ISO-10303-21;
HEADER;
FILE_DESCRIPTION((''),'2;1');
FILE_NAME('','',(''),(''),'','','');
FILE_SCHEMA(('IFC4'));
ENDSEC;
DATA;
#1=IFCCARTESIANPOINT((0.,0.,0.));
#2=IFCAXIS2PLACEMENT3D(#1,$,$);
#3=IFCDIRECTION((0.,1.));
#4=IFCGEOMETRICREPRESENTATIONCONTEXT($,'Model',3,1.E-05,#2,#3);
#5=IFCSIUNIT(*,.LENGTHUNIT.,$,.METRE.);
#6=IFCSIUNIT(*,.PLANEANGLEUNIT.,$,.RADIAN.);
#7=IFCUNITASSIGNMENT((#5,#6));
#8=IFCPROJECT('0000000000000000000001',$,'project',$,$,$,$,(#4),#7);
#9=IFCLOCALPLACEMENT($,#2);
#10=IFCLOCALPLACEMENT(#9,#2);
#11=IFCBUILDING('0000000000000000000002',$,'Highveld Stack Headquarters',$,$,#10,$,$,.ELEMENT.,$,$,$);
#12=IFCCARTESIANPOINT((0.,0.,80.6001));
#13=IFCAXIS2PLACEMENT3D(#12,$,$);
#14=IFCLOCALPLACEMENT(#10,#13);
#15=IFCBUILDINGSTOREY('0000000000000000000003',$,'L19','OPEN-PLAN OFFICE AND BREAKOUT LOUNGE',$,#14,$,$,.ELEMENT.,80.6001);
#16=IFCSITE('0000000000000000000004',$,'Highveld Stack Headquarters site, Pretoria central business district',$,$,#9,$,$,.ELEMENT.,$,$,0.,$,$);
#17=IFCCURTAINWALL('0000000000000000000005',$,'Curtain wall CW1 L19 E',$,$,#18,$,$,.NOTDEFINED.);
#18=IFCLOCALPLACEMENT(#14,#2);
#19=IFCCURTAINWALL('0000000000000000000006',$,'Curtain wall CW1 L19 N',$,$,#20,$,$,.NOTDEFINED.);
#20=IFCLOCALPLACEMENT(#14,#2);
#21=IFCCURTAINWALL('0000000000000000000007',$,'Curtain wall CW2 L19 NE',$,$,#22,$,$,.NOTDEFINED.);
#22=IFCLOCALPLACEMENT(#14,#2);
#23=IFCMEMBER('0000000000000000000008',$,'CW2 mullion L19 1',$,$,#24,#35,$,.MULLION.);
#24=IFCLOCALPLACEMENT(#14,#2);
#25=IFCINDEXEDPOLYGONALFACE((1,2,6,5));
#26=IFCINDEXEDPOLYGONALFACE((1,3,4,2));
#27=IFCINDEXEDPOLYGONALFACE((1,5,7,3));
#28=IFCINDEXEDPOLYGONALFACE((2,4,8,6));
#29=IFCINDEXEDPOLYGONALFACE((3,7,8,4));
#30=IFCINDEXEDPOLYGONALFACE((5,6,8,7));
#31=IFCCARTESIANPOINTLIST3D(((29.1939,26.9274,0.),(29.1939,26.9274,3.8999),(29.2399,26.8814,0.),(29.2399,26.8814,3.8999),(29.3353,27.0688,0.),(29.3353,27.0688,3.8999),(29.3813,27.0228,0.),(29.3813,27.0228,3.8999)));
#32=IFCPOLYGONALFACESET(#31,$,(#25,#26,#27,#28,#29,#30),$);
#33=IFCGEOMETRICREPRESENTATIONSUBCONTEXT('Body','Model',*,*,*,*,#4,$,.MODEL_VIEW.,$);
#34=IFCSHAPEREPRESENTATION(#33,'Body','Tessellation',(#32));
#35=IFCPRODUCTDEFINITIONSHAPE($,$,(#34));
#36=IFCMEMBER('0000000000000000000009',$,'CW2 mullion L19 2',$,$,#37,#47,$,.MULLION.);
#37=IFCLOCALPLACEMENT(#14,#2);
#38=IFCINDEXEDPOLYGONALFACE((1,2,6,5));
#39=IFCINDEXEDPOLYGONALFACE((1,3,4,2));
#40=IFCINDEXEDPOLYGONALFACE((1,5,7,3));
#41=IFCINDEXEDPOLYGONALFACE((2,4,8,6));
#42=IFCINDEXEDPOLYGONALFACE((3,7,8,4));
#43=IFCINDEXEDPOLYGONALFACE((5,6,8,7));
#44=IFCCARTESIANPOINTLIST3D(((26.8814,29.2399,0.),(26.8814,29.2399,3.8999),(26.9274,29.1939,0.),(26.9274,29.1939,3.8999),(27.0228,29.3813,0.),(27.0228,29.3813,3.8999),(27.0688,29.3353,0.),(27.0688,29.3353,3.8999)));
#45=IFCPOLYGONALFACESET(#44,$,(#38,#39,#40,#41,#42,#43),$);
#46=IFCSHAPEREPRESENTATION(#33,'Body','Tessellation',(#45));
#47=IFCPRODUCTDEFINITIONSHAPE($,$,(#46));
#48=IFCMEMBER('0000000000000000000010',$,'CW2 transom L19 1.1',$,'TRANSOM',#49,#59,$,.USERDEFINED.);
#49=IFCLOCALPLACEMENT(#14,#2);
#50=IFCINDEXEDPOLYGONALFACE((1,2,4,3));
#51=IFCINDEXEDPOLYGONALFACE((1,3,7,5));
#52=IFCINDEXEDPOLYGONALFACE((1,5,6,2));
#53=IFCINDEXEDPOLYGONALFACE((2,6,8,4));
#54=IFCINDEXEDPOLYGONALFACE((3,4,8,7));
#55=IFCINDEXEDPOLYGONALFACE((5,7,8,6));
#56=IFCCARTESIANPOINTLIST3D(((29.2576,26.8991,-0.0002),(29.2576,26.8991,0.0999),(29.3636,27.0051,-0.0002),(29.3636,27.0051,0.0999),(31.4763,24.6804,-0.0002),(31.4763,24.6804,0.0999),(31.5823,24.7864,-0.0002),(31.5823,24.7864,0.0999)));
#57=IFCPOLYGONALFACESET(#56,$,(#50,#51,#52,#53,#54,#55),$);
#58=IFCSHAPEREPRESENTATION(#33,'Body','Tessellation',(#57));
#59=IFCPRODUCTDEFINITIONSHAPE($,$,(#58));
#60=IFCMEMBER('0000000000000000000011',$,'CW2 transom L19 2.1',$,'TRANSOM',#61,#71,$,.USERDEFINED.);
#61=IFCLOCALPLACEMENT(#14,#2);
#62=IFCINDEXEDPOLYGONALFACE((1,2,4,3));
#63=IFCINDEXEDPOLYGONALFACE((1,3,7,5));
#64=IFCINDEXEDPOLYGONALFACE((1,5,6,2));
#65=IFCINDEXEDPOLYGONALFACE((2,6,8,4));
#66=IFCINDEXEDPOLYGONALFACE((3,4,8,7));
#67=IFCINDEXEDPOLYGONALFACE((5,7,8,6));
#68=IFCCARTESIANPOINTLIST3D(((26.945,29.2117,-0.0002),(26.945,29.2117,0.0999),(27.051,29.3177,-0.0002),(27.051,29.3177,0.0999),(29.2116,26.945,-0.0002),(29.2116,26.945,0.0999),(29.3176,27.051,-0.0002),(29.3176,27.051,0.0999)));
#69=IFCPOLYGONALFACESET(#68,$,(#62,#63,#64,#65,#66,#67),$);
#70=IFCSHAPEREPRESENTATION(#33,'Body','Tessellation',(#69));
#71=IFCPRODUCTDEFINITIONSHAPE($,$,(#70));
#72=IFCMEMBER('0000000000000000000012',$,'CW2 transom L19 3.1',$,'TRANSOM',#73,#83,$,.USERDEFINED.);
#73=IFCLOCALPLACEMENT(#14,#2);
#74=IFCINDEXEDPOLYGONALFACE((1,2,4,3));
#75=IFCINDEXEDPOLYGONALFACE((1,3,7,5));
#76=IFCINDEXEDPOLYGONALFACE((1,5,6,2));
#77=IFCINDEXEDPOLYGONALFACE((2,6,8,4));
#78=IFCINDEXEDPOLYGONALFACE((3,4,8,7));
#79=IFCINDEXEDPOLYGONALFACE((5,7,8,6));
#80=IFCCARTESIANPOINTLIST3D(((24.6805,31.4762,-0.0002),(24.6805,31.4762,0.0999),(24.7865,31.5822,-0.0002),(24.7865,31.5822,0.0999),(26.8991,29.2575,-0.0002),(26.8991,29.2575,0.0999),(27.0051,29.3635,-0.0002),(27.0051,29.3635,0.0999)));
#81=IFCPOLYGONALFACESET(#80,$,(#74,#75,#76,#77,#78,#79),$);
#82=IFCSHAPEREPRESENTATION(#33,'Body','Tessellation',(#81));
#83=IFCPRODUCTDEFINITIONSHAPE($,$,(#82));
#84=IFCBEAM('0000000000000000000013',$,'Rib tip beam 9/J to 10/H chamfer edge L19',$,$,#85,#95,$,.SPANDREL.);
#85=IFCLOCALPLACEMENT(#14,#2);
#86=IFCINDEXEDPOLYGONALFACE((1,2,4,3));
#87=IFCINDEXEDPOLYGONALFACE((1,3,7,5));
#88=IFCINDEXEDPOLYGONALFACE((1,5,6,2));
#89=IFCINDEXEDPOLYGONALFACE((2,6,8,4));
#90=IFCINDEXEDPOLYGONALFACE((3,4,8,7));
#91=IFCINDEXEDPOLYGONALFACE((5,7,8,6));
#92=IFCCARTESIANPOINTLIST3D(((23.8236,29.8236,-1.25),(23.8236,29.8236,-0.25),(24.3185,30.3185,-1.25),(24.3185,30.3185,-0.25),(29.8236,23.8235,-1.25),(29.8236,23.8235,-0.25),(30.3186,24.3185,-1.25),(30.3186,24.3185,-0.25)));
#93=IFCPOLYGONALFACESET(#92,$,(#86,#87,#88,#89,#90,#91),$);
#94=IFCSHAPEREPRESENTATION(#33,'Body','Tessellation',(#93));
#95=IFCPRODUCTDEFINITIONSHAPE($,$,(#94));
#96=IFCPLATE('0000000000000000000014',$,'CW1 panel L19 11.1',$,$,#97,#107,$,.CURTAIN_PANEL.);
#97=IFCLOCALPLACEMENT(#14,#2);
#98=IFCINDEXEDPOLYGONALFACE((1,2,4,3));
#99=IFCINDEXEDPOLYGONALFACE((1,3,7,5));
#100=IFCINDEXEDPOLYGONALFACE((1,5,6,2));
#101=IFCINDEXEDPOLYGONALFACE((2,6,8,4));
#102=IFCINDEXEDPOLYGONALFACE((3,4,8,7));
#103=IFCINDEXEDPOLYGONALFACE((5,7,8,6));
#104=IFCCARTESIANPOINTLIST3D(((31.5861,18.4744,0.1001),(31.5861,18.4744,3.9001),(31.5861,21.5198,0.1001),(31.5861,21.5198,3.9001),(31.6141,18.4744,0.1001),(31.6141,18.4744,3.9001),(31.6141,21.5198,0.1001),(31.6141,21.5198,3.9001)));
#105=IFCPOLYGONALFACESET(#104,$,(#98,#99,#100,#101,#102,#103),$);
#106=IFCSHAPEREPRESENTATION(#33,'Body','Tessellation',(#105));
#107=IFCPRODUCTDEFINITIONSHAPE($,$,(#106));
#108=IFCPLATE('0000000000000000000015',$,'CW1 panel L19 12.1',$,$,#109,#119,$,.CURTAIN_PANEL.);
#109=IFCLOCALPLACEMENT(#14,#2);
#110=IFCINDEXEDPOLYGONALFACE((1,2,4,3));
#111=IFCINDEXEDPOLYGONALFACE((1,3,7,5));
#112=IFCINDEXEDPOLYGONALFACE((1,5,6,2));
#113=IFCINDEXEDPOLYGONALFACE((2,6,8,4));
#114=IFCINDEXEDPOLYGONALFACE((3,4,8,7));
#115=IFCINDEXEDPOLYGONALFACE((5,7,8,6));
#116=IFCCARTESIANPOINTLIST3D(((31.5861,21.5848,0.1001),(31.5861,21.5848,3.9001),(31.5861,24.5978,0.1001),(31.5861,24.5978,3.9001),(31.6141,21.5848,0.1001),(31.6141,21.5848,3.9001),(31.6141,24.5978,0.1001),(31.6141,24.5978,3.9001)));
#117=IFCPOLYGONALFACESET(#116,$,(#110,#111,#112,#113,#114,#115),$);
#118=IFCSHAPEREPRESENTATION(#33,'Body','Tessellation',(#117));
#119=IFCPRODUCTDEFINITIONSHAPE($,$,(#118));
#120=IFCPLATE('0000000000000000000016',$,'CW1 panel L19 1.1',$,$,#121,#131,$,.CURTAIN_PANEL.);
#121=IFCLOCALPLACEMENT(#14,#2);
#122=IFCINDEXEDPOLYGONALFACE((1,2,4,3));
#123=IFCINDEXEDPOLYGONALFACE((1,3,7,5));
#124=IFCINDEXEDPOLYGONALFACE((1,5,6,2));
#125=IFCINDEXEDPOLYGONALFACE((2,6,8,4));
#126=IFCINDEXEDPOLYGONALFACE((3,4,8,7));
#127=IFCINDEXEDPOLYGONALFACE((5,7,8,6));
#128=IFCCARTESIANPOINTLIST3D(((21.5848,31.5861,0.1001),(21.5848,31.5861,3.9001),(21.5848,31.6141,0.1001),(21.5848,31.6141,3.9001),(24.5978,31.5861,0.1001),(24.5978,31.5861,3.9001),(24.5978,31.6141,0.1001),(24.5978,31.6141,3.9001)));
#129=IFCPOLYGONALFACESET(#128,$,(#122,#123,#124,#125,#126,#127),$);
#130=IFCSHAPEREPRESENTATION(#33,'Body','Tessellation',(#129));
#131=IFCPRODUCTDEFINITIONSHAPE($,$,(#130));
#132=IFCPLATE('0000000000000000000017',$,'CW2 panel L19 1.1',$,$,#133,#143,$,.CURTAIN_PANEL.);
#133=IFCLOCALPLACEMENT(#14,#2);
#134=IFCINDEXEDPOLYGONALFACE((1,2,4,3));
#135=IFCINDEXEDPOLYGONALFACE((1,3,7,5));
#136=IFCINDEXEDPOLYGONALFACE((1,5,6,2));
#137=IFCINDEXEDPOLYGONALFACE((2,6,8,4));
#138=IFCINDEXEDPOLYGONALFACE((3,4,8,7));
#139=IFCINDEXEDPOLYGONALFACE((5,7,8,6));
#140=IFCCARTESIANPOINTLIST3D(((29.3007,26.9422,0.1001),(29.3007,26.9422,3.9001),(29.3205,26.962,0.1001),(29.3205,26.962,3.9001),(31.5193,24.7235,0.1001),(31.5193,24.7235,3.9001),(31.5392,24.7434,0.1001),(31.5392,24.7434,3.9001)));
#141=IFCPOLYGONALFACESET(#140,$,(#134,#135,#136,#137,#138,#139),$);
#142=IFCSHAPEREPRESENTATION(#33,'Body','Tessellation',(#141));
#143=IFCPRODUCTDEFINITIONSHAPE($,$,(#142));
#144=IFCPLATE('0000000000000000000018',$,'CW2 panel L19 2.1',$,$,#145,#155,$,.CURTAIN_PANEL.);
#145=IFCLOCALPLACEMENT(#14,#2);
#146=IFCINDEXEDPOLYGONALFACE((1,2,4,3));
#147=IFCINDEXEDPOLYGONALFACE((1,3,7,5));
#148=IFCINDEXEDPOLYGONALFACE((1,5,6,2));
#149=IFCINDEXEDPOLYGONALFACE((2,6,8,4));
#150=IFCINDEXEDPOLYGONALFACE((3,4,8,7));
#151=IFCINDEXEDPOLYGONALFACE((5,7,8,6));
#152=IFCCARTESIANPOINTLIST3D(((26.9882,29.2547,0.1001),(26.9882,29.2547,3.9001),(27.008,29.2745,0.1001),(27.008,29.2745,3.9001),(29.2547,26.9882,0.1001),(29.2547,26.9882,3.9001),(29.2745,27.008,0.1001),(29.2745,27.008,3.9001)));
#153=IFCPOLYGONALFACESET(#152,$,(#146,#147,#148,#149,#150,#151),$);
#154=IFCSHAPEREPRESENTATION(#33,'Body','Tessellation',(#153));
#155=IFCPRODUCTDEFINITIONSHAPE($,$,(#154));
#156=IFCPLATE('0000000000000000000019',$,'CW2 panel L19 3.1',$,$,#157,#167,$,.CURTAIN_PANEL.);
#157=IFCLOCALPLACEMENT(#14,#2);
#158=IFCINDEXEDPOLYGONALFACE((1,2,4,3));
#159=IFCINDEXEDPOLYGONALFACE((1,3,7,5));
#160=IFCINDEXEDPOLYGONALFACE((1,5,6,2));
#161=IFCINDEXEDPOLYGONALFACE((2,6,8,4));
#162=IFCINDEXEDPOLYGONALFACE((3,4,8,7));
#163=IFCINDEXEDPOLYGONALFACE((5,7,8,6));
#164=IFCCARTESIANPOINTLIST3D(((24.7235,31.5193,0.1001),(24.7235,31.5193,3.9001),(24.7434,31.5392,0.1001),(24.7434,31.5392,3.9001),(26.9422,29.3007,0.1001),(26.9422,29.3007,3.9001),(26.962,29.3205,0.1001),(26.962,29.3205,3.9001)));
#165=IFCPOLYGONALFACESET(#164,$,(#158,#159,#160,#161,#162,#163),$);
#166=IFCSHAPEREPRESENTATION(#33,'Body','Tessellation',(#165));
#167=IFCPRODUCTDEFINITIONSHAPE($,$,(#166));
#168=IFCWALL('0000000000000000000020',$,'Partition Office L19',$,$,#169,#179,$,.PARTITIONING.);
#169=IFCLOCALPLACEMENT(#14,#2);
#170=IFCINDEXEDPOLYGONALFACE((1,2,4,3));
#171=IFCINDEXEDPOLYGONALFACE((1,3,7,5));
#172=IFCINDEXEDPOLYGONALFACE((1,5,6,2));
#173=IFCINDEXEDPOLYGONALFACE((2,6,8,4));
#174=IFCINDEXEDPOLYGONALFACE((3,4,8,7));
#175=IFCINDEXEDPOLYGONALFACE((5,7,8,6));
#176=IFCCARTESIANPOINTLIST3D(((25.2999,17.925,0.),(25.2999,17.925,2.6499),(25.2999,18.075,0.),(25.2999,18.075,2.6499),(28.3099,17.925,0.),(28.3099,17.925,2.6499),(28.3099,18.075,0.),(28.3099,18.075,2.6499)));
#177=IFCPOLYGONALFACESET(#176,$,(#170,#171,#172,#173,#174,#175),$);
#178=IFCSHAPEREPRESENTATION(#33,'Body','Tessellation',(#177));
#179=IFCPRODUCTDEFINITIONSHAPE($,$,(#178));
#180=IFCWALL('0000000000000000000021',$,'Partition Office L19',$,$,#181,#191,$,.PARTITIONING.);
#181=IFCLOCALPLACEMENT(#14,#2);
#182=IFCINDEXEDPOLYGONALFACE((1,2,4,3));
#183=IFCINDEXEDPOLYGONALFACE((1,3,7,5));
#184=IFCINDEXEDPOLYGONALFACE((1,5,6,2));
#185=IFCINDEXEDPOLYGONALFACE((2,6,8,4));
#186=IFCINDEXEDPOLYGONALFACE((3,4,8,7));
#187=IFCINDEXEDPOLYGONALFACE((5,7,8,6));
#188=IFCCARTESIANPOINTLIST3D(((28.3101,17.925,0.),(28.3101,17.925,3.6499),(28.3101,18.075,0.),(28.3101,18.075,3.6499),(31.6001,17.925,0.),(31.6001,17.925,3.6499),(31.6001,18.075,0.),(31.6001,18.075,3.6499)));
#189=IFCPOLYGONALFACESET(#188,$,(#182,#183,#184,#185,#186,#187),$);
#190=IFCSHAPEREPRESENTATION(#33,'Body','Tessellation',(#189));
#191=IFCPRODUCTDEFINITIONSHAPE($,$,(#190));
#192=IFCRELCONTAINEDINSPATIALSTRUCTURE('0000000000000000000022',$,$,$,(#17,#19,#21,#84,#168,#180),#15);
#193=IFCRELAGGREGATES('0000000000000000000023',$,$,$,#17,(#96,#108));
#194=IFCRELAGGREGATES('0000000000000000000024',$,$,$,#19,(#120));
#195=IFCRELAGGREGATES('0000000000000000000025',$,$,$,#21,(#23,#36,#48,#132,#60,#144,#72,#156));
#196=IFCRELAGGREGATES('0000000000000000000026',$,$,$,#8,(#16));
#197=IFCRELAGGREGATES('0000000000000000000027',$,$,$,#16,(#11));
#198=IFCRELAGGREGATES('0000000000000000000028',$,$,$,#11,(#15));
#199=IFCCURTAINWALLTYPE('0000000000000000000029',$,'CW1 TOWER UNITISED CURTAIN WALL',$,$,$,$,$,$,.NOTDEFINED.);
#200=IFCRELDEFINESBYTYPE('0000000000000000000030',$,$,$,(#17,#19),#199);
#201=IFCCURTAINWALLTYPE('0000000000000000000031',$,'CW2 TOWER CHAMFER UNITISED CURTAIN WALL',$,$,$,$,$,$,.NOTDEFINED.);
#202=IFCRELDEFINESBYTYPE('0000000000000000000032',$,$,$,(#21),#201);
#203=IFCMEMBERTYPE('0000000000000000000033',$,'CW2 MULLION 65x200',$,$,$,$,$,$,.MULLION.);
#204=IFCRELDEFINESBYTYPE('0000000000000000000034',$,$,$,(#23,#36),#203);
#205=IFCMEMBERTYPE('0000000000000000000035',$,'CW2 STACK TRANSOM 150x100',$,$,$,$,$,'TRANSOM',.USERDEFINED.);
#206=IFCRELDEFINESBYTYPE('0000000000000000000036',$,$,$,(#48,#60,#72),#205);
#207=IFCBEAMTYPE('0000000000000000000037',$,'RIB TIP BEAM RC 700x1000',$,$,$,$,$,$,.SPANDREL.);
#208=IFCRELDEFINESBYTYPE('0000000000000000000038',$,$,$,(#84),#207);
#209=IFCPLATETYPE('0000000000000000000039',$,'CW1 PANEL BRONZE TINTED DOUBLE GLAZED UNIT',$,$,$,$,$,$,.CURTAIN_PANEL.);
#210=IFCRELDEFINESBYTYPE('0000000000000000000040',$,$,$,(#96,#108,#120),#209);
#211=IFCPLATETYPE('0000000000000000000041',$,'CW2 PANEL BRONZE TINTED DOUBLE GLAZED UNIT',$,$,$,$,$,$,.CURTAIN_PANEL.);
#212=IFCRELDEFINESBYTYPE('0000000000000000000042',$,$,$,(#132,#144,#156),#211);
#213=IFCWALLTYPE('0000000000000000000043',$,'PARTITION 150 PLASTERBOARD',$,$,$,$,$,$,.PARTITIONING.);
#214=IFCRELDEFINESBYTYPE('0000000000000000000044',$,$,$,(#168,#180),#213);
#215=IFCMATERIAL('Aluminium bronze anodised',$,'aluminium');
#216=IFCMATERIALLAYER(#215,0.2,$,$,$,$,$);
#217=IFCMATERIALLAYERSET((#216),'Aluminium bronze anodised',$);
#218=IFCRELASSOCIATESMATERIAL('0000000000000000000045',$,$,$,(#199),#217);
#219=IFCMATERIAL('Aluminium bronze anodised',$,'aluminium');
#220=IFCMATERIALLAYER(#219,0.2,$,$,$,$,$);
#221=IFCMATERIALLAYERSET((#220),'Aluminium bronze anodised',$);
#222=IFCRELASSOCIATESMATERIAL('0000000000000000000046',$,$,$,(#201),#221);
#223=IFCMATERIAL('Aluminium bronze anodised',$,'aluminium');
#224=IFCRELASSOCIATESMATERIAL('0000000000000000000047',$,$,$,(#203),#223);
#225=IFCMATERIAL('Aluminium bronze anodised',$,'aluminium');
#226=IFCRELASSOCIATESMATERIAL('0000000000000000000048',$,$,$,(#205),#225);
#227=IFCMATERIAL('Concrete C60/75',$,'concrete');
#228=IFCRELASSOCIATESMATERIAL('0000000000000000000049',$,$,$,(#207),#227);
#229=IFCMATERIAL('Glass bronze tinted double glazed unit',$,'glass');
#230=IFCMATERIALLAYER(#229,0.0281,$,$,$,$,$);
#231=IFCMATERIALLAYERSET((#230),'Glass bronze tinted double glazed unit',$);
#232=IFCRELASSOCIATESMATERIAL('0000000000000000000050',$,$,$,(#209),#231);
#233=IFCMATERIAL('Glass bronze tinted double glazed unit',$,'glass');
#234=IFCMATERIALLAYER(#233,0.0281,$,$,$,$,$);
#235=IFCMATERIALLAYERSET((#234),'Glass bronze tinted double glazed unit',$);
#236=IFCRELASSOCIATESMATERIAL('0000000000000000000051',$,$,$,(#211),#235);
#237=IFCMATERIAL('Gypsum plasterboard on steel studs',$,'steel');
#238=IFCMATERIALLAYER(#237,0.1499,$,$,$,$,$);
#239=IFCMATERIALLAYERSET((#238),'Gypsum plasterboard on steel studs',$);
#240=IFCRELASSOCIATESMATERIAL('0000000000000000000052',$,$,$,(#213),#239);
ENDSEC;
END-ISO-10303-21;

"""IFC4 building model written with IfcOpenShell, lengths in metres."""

from ifc_helpers import new_model, si_unit, direction, frame, frame_2d, origin, origin_2d, place, context, subcontext, project, spatial, rectangle, extrude, material, layer, layer_set, material_profile, profile_set, type_object, element, aggregate, save


model = new_model("IFC4")

# Units and contexts
model_context = context("Model", 3, precision=1e-05, world=origin(), true_north=direction((0.0, 1.0)))
body_context = subcontext(model_context, "Body", "Model", "MODEL_VIEW")
ifc_project = project(units=[si_unit("LENGTHUNIT", "METRE"), si_unit("PLANEANGLEUNIT", "RADIAN")], contexts=[model_context])

# Site, building, storey
site_placement = place(None, origin())
site = spatial("IfcSite", under=ifc_project, at=site_placement, Name="Highveld Stack Headquarters site, Pretoria central business district", CompositionType="ELEMENT", RefElevation=0.0)
building_placement = place(site_placement, origin())
building = spatial("IfcBuilding", under=site, at=building_placement, Name="Highveld Stack Headquarters", CompositionType="ELEMENT")
storey_placement = place(building_placement, frame((0.0, 0.0, 80.6001)))
storey = spatial("IfcBuildingStorey", under=building, at=storey_placement, Name="L19", Description="OPEN-PLAN OFFICE AND BREAKOUT LOUNGE", CompositionType="ELEMENT", Elevation=80.6001)

# Curtain wall
ifc_material_1 = material(Name="Aluminium bronze anodised", Category="aluminium")
ifc_layer_1 = layer(ifc_material_1, 0.2)
ifc_layer_set_1 = layer_set([ifc_layer_1], Name="Aluminium bronze anodised")
curtain_wall_type_1 = type_object("IfcCurtainWallType", Name="CW1 TOWER UNITISED CURTAIN WALL", PredefinedType="NOTDEFINED", material=ifc_layer_set_1)
curtain_wall_1_placement = place(storey_placement, origin())
curtain_wall_1 = element("IfcCurtainWall", 1, at=curtain_wall_1_placement, inside=storey, type_object=curtain_wall_type_1, Name="Curtain wall CW1 L19 E", PredefinedType="NOTDEFINED")

# Curtain wall
curtain_wall_2_placement = place(storey_placement, origin())
curtain_wall_2 = element("IfcCurtainWall", 2, at=curtain_wall_2_placement, inside=storey, type_object=curtain_wall_type_1, Name="Curtain wall CW1 L19 N", PredefinedType="NOTDEFINED")

# Curtain wall, members
ifc_material_2 = material(Name="Aluminium bronze anodised", Category="aluminium")
ifc_layer_2 = layer(ifc_material_2, 0.2)
ifc_layer_set_2 = layer_set([ifc_layer_2], Name="Aluminium bronze anodised")
curtain_wall_type_2 = type_object("IfcCurtainWallType", Name="CW2 TOWER CHAMFER UNITISED CURTAIN WALL", PredefinedType="NOTDEFINED", material=ifc_layer_set_2)
curtain_wall_3_placement = place(storey_placement, origin())
curtain_wall_3 = element("IfcCurtainWall", 3, at=curtain_wall_3_placement, inside=storey, type_object=curtain_wall_type_2, Name="Curtain wall CW2 L19 NE", PredefinedType="NOTDEFINED")
ifc_material_3 = material(Name="Aluminium bronze anodised", Category="aluminium")
ifc_material_profile_1 = material_profile(ifc_material_3, rectangle(XDim=0.2, YDim=0.0649, at=origin_2d()), Name="CW2 MULLION 65x200")
ifc_profile_set_1 = profile_set([ifc_material_profile_1], Name="Aluminium bronze anodised")
member_type_1 = type_object("IfcMemberType", Name="CW2 MULLION 65x200", PredefinedType="MULLION", material=ifc_profile_set_1)
member_1_placement = place(storey_placement, frame((29.2876, 26.9751, 0.0), z_axis=(0.0, 0.0, 1.0), x_axis=(-0.707107, -0.707107, 0.0)))
member_1 = element("IfcMember", 4, at=member_1_placement, type_object=member_type_1, Name="CW2 mullion L19 1", PredefinedType="MULLION", context=body_context, shape_type="SweptSolid", body=[
    extrude(rectangle(XDim=0.2, YDim=0.0649, at=origin_2d()), origin(), (0.0, 0.0, 1.0), 3.8999),
])
member_2_placement = place(storey_placement, frame((26.9751, 29.2876, 0.0), z_axis=(0.0, 0.0, 1.0), x_axis=(-0.707107, -0.707107, 0.0)))
member_2 = element("IfcMember", 5, at=member_2_placement, type_object=member_type_1, Name="CW2 mullion L19 2", PredefinedType="MULLION", context=body_context, shape_type="SweptSolid", body=[
    extrude(rectangle(XDim=0.2, YDim=0.0649, at=origin_2d()), origin(), (0.0, 0.0, 1.0), 3.8999),
])
ifc_material_4 = material(Name="Aluminium bronze anodised", Category="aluminium")
ifc_material_profile_2 = material_profile(ifc_material_4, rectangle(XDim=0.1499, YDim=0.1001, at=origin_2d()), Name="CW2 TRANSOM 150x100")
ifc_profile_set_2 = profile_set([ifc_material_profile_2], Name="Aluminium bronze anodised")
member_type_2 = type_object("IfcMemberType", Name="CW2 STACK TRANSOM 150x100", ElementType="TRANSOM", PredefinedType="USERDEFINED", material=ifc_profile_set_2)
member_3_placement = place(storey_placement, frame((31.5293, 24.7334, 0.0498), z_axis=(-0.707107, 0.707107, 0.0), x_axis=(-0.707107, -0.707107, 0.0)))
member_3 = element("IfcMember", 6, at=member_3_placement, type_object=member_type_2, Name="CW2 transom L19 1.1", ObjectType="TRANSOM", PredefinedType="USERDEFINED", context=body_context, shape_type="SweptSolid", body=[
    extrude(rectangle(XDim=0.1499, YDim=0.1001, at=origin_2d()), origin(), (0.0, 0.0, 1.0), 3.1377),
])
member_4_placement = place(storey_placement, frame((29.2646, 26.998, 0.0498), z_axis=(-0.707107, 0.707107, 0.0), x_axis=(-0.707107, -0.707107, 0.0)))
member_4 = element("IfcMember", 7, at=member_4_placement, type_object=member_type_2, Name="CW2 transom L19 2.1", ObjectType="TRANSOM", PredefinedType="USERDEFINED", context=body_context, shape_type="SweptSolid", body=[
    extrude(rectangle(XDim=0.1499, YDim=0.1001, at=origin_2d()), origin(), (0.0, 0.0, 1.0), 3.2056),
])
member_5_placement = place(storey_placement, frame((26.9521, 29.3105, 0.0498), z_axis=(-0.707107, 0.707107, 0.0), x_axis=(-0.707107, -0.707107, 0.0)))
member_5 = element("IfcMember", 8, at=member_5_placement, type_object=member_type_2, Name="CW2 transom L19 3.1", ObjectType="TRANSOM", PredefinedType="USERDEFINED", context=body_context, shape_type="SweptSolid", body=[
    extrude(rectangle(XDim=0.1499, YDim=0.1001, at=origin_2d()), origin(), (0.0, 0.0, 1.0), 3.1377),
])

# Beam
ifc_material_5 = material(Name="Concrete C60/75", Category="concrete")
ifc_material_profile_3 = material_profile(ifc_material_5, rectangle(XDim=0.7, YDim=1.0, at=origin_2d()), Name="RC 700x1000")
ifc_profile_set_3 = profile_set([ifc_material_profile_3], Name="Concrete C60/75")
beam_type_1 = type_object("IfcBeamType", Name="RIB TIP BEAM RC 700x1000", PredefinedType="SPANDREL", material=ifc_profile_set_3)
beam_1_placement = place(storey_placement, frame((24.071, 30.071, -0.75), z_axis=(0.707107, -0.707107, 0.0), x_axis=(0.707107, 0.707107, 0.0)))
element("IfcBeam", 9, at=beam_1_placement, inside=storey, type_object=beam_type_1, Name="Rib tip beam 9/J to 10/H chamfer edge L19", PredefinedType="SPANDREL", context=body_context, shape_type="SweptSolid", body=[
    extrude(rectangle(XDim=0.7, YDim=1.0, at=origin_2d()), origin(), (0.0, 0.0, 1.0), 8.4854),
])

# Plates
ifc_material_6 = material(Name="Glass bronze tinted double glazed unit", Category="glass")
ifc_layer_3 = layer(ifc_material_6, 0.0281)
ifc_layer_set_3 = layer_set([ifc_layer_3], Name="Glass bronze tinted double glazed unit")
plate_type_1 = type_object("IfcPlateType", Name="CW1 PANEL BRONZE TINTED DOUBLE GLAZED UNIT", PredefinedType="CURTAIN_PANEL", material=ifc_layer_set_3)
plate_1_placement = place(storey_placement, frame((31.6001, 19.9971, 0.1001), z_axis=(0.0, 0.0, 1.0), x_axis=(0.0, 1.0, 0.0)))
plate_1 = element("IfcPlate", 10, at=plate_1_placement, type_object=plate_type_1, Name="CW1 panel L19 11.1", PredefinedType="CURTAIN_PANEL", context=body_context, shape_type="SweptSolid", body=[
    extrude(rectangle(XDim=3.0454, YDim=0.0281, at=origin_2d()), origin(), (0.0, 0.0, 1.0), 3.8),
])
plate_2_placement = place(storey_placement, frame((31.6001, 23.0913, 0.1001), z_axis=(0.0, 0.0, 1.0), x_axis=(0.0, 1.0, 0.0)))
plate_2 = element("IfcPlate", 11, at=plate_2_placement, type_object=plate_type_1, Name="CW1 panel L19 12.1", PredefinedType="CURTAIN_PANEL", context=body_context, shape_type="SweptSolid", body=[
    extrude(rectangle(XDim=3.0129, YDim=0.0281, at=origin_2d()), origin(), (0.0, 0.0, 1.0), 3.8),
])
aggregate(curtain_wall_1, [plate_1, plate_2])
plate_3_placement = place(storey_placement, frame((23.0913, 31.6001, 0.1001), z_axis=(0.0, 0.0, 1.0), x_axis=(-1.0, 0.0, 0.0)))
plate_3 = element("IfcPlate", 12, at=plate_3_placement, type_object=plate_type_1, Name="CW1 panel L19 1.1", PredefinedType="CURTAIN_PANEL", context=body_context, shape_type="SweptSolid", body=[
    extrude(rectangle(XDim=3.0129, YDim=0.0281, at=origin_2d()), origin(), (0.0, 0.0, 1.0), 3.8),
])
aggregate(curtain_wall_2, [plate_3])
ifc_material_7 = material(Name="Glass bronze tinted double glazed unit", Category="glass")
ifc_layer_4 = layer(ifc_material_7, 0.0281)
ifc_layer_set_4 = layer_set([ifc_layer_4], Name="Glass bronze tinted double glazed unit")
plate_type_2 = type_object("IfcPlateType", Name="CW2 PANEL BRONZE TINTED DOUBLE GLAZED UNIT", PredefinedType="CURTAIN_PANEL", material=ifc_layer_set_4)
plate_4_placement = place(storey_placement, frame((30.4199, 25.8428, 0.1001), z_axis=(0.0, 0.0, 1.0), x_axis=(-0.707107, 0.707107, 0.0)))
plate_4 = element("IfcPlate", 13, at=plate_4_placement, type_object=plate_type_2, Name="CW2 panel L19 1.1", PredefinedType="CURTAIN_PANEL", context=body_context, shape_type="SweptSolid", body=[
    extrude(rectangle(XDim=3.1377, YDim=0.0281, at=origin_2d()), origin(), (0.0, 0.0, 1.0), 3.8),
])
plate_5_placement = place(storey_placement, frame((28.1313, 28.1313, 0.1001), z_axis=(0.0, 0.0, 1.0), x_axis=(-0.707107, 0.707107, 0.0)))
plate_5 = element("IfcPlate", 14, at=plate_5_placement, type_object=plate_type_2, Name="CW2 panel L19 2.1", PredefinedType="CURTAIN_PANEL", context=body_context, shape_type="SweptSolid", body=[
    extrude(rectangle(XDim=3.2053, YDim=0.0281, at=origin_2d()), origin(), (0.0, 0.0, 1.0), 3.8),
])
plate_6_placement = place(storey_placement, frame((25.8428, 30.4199, 0.1001), z_axis=(0.0, 0.0, 1.0), x_axis=(-0.707107, 0.707107, 0.0)))
plate_6 = element("IfcPlate", 15, at=plate_6_placement, type_object=plate_type_2, Name="CW2 panel L19 3.1", PredefinedType="CURTAIN_PANEL", context=body_context, shape_type="SweptSolid", body=[
    extrude(rectangle(XDim=3.1377, YDim=0.0281, at=origin_2d()), origin(), (0.0, 0.0, 1.0), 3.8),
])
aggregate(curtain_wall_3, [member_1, member_2, member_3, plate_4, member_4, plate_5, member_5, plate_6])

# Walls
ifc_material_8 = material(Name="Gypsum plasterboard on steel studs", Category="steel")
ifc_layer_5 = layer(ifc_material_8, 0.1499)
ifc_layer_set_5 = layer_set([ifc_layer_5], Name="Gypsum plasterboard on steel studs")
wall_type = type_object("IfcWallType", Name="PARTITION 150 PLASTERBOARD", PredefinedType="PARTITIONING", material=ifc_layer_set_5)
wall_1_placement = place(storey_placement, frame((25.3, 18.0, 0.0), z_axis=(0.0, 0.0, 1.0), x_axis=(1.0, 0.0, 0.0)))
element("IfcWall", 16, at=wall_1_placement, inside=storey, type_object=wall_type, Name="Partition Office L19", PredefinedType="PARTITIONING", context=body_context, shape_type="SweptSolid", body=[
    extrude(rectangle(XDim=3.01, YDim=0.1499, at=frame_2d((1.5049, 0.0))), origin(), (0.0, 0.0, 1.0), 2.6499),
])
wall_2_placement = place(storey_placement, frame((28.3101, 18.0, 0.0), z_axis=(0.0, 0.0, 1.0), x_axis=(1.0, 0.0, 0.0)))
element("IfcWall", 17, at=wall_2_placement, inside=storey, type_object=wall_type, Name="Partition Office L19", PredefinedType="PARTITIONING", context=body_context, shape_type="SweptSolid", body=[
    extrude(rectangle(XDim=3.29, YDim=0.1499, at=frame_2d((1.645, 0.0))), origin(), (0.0, 0.0, 1.0), 3.6499),
])

save(model, "model.ifc")
